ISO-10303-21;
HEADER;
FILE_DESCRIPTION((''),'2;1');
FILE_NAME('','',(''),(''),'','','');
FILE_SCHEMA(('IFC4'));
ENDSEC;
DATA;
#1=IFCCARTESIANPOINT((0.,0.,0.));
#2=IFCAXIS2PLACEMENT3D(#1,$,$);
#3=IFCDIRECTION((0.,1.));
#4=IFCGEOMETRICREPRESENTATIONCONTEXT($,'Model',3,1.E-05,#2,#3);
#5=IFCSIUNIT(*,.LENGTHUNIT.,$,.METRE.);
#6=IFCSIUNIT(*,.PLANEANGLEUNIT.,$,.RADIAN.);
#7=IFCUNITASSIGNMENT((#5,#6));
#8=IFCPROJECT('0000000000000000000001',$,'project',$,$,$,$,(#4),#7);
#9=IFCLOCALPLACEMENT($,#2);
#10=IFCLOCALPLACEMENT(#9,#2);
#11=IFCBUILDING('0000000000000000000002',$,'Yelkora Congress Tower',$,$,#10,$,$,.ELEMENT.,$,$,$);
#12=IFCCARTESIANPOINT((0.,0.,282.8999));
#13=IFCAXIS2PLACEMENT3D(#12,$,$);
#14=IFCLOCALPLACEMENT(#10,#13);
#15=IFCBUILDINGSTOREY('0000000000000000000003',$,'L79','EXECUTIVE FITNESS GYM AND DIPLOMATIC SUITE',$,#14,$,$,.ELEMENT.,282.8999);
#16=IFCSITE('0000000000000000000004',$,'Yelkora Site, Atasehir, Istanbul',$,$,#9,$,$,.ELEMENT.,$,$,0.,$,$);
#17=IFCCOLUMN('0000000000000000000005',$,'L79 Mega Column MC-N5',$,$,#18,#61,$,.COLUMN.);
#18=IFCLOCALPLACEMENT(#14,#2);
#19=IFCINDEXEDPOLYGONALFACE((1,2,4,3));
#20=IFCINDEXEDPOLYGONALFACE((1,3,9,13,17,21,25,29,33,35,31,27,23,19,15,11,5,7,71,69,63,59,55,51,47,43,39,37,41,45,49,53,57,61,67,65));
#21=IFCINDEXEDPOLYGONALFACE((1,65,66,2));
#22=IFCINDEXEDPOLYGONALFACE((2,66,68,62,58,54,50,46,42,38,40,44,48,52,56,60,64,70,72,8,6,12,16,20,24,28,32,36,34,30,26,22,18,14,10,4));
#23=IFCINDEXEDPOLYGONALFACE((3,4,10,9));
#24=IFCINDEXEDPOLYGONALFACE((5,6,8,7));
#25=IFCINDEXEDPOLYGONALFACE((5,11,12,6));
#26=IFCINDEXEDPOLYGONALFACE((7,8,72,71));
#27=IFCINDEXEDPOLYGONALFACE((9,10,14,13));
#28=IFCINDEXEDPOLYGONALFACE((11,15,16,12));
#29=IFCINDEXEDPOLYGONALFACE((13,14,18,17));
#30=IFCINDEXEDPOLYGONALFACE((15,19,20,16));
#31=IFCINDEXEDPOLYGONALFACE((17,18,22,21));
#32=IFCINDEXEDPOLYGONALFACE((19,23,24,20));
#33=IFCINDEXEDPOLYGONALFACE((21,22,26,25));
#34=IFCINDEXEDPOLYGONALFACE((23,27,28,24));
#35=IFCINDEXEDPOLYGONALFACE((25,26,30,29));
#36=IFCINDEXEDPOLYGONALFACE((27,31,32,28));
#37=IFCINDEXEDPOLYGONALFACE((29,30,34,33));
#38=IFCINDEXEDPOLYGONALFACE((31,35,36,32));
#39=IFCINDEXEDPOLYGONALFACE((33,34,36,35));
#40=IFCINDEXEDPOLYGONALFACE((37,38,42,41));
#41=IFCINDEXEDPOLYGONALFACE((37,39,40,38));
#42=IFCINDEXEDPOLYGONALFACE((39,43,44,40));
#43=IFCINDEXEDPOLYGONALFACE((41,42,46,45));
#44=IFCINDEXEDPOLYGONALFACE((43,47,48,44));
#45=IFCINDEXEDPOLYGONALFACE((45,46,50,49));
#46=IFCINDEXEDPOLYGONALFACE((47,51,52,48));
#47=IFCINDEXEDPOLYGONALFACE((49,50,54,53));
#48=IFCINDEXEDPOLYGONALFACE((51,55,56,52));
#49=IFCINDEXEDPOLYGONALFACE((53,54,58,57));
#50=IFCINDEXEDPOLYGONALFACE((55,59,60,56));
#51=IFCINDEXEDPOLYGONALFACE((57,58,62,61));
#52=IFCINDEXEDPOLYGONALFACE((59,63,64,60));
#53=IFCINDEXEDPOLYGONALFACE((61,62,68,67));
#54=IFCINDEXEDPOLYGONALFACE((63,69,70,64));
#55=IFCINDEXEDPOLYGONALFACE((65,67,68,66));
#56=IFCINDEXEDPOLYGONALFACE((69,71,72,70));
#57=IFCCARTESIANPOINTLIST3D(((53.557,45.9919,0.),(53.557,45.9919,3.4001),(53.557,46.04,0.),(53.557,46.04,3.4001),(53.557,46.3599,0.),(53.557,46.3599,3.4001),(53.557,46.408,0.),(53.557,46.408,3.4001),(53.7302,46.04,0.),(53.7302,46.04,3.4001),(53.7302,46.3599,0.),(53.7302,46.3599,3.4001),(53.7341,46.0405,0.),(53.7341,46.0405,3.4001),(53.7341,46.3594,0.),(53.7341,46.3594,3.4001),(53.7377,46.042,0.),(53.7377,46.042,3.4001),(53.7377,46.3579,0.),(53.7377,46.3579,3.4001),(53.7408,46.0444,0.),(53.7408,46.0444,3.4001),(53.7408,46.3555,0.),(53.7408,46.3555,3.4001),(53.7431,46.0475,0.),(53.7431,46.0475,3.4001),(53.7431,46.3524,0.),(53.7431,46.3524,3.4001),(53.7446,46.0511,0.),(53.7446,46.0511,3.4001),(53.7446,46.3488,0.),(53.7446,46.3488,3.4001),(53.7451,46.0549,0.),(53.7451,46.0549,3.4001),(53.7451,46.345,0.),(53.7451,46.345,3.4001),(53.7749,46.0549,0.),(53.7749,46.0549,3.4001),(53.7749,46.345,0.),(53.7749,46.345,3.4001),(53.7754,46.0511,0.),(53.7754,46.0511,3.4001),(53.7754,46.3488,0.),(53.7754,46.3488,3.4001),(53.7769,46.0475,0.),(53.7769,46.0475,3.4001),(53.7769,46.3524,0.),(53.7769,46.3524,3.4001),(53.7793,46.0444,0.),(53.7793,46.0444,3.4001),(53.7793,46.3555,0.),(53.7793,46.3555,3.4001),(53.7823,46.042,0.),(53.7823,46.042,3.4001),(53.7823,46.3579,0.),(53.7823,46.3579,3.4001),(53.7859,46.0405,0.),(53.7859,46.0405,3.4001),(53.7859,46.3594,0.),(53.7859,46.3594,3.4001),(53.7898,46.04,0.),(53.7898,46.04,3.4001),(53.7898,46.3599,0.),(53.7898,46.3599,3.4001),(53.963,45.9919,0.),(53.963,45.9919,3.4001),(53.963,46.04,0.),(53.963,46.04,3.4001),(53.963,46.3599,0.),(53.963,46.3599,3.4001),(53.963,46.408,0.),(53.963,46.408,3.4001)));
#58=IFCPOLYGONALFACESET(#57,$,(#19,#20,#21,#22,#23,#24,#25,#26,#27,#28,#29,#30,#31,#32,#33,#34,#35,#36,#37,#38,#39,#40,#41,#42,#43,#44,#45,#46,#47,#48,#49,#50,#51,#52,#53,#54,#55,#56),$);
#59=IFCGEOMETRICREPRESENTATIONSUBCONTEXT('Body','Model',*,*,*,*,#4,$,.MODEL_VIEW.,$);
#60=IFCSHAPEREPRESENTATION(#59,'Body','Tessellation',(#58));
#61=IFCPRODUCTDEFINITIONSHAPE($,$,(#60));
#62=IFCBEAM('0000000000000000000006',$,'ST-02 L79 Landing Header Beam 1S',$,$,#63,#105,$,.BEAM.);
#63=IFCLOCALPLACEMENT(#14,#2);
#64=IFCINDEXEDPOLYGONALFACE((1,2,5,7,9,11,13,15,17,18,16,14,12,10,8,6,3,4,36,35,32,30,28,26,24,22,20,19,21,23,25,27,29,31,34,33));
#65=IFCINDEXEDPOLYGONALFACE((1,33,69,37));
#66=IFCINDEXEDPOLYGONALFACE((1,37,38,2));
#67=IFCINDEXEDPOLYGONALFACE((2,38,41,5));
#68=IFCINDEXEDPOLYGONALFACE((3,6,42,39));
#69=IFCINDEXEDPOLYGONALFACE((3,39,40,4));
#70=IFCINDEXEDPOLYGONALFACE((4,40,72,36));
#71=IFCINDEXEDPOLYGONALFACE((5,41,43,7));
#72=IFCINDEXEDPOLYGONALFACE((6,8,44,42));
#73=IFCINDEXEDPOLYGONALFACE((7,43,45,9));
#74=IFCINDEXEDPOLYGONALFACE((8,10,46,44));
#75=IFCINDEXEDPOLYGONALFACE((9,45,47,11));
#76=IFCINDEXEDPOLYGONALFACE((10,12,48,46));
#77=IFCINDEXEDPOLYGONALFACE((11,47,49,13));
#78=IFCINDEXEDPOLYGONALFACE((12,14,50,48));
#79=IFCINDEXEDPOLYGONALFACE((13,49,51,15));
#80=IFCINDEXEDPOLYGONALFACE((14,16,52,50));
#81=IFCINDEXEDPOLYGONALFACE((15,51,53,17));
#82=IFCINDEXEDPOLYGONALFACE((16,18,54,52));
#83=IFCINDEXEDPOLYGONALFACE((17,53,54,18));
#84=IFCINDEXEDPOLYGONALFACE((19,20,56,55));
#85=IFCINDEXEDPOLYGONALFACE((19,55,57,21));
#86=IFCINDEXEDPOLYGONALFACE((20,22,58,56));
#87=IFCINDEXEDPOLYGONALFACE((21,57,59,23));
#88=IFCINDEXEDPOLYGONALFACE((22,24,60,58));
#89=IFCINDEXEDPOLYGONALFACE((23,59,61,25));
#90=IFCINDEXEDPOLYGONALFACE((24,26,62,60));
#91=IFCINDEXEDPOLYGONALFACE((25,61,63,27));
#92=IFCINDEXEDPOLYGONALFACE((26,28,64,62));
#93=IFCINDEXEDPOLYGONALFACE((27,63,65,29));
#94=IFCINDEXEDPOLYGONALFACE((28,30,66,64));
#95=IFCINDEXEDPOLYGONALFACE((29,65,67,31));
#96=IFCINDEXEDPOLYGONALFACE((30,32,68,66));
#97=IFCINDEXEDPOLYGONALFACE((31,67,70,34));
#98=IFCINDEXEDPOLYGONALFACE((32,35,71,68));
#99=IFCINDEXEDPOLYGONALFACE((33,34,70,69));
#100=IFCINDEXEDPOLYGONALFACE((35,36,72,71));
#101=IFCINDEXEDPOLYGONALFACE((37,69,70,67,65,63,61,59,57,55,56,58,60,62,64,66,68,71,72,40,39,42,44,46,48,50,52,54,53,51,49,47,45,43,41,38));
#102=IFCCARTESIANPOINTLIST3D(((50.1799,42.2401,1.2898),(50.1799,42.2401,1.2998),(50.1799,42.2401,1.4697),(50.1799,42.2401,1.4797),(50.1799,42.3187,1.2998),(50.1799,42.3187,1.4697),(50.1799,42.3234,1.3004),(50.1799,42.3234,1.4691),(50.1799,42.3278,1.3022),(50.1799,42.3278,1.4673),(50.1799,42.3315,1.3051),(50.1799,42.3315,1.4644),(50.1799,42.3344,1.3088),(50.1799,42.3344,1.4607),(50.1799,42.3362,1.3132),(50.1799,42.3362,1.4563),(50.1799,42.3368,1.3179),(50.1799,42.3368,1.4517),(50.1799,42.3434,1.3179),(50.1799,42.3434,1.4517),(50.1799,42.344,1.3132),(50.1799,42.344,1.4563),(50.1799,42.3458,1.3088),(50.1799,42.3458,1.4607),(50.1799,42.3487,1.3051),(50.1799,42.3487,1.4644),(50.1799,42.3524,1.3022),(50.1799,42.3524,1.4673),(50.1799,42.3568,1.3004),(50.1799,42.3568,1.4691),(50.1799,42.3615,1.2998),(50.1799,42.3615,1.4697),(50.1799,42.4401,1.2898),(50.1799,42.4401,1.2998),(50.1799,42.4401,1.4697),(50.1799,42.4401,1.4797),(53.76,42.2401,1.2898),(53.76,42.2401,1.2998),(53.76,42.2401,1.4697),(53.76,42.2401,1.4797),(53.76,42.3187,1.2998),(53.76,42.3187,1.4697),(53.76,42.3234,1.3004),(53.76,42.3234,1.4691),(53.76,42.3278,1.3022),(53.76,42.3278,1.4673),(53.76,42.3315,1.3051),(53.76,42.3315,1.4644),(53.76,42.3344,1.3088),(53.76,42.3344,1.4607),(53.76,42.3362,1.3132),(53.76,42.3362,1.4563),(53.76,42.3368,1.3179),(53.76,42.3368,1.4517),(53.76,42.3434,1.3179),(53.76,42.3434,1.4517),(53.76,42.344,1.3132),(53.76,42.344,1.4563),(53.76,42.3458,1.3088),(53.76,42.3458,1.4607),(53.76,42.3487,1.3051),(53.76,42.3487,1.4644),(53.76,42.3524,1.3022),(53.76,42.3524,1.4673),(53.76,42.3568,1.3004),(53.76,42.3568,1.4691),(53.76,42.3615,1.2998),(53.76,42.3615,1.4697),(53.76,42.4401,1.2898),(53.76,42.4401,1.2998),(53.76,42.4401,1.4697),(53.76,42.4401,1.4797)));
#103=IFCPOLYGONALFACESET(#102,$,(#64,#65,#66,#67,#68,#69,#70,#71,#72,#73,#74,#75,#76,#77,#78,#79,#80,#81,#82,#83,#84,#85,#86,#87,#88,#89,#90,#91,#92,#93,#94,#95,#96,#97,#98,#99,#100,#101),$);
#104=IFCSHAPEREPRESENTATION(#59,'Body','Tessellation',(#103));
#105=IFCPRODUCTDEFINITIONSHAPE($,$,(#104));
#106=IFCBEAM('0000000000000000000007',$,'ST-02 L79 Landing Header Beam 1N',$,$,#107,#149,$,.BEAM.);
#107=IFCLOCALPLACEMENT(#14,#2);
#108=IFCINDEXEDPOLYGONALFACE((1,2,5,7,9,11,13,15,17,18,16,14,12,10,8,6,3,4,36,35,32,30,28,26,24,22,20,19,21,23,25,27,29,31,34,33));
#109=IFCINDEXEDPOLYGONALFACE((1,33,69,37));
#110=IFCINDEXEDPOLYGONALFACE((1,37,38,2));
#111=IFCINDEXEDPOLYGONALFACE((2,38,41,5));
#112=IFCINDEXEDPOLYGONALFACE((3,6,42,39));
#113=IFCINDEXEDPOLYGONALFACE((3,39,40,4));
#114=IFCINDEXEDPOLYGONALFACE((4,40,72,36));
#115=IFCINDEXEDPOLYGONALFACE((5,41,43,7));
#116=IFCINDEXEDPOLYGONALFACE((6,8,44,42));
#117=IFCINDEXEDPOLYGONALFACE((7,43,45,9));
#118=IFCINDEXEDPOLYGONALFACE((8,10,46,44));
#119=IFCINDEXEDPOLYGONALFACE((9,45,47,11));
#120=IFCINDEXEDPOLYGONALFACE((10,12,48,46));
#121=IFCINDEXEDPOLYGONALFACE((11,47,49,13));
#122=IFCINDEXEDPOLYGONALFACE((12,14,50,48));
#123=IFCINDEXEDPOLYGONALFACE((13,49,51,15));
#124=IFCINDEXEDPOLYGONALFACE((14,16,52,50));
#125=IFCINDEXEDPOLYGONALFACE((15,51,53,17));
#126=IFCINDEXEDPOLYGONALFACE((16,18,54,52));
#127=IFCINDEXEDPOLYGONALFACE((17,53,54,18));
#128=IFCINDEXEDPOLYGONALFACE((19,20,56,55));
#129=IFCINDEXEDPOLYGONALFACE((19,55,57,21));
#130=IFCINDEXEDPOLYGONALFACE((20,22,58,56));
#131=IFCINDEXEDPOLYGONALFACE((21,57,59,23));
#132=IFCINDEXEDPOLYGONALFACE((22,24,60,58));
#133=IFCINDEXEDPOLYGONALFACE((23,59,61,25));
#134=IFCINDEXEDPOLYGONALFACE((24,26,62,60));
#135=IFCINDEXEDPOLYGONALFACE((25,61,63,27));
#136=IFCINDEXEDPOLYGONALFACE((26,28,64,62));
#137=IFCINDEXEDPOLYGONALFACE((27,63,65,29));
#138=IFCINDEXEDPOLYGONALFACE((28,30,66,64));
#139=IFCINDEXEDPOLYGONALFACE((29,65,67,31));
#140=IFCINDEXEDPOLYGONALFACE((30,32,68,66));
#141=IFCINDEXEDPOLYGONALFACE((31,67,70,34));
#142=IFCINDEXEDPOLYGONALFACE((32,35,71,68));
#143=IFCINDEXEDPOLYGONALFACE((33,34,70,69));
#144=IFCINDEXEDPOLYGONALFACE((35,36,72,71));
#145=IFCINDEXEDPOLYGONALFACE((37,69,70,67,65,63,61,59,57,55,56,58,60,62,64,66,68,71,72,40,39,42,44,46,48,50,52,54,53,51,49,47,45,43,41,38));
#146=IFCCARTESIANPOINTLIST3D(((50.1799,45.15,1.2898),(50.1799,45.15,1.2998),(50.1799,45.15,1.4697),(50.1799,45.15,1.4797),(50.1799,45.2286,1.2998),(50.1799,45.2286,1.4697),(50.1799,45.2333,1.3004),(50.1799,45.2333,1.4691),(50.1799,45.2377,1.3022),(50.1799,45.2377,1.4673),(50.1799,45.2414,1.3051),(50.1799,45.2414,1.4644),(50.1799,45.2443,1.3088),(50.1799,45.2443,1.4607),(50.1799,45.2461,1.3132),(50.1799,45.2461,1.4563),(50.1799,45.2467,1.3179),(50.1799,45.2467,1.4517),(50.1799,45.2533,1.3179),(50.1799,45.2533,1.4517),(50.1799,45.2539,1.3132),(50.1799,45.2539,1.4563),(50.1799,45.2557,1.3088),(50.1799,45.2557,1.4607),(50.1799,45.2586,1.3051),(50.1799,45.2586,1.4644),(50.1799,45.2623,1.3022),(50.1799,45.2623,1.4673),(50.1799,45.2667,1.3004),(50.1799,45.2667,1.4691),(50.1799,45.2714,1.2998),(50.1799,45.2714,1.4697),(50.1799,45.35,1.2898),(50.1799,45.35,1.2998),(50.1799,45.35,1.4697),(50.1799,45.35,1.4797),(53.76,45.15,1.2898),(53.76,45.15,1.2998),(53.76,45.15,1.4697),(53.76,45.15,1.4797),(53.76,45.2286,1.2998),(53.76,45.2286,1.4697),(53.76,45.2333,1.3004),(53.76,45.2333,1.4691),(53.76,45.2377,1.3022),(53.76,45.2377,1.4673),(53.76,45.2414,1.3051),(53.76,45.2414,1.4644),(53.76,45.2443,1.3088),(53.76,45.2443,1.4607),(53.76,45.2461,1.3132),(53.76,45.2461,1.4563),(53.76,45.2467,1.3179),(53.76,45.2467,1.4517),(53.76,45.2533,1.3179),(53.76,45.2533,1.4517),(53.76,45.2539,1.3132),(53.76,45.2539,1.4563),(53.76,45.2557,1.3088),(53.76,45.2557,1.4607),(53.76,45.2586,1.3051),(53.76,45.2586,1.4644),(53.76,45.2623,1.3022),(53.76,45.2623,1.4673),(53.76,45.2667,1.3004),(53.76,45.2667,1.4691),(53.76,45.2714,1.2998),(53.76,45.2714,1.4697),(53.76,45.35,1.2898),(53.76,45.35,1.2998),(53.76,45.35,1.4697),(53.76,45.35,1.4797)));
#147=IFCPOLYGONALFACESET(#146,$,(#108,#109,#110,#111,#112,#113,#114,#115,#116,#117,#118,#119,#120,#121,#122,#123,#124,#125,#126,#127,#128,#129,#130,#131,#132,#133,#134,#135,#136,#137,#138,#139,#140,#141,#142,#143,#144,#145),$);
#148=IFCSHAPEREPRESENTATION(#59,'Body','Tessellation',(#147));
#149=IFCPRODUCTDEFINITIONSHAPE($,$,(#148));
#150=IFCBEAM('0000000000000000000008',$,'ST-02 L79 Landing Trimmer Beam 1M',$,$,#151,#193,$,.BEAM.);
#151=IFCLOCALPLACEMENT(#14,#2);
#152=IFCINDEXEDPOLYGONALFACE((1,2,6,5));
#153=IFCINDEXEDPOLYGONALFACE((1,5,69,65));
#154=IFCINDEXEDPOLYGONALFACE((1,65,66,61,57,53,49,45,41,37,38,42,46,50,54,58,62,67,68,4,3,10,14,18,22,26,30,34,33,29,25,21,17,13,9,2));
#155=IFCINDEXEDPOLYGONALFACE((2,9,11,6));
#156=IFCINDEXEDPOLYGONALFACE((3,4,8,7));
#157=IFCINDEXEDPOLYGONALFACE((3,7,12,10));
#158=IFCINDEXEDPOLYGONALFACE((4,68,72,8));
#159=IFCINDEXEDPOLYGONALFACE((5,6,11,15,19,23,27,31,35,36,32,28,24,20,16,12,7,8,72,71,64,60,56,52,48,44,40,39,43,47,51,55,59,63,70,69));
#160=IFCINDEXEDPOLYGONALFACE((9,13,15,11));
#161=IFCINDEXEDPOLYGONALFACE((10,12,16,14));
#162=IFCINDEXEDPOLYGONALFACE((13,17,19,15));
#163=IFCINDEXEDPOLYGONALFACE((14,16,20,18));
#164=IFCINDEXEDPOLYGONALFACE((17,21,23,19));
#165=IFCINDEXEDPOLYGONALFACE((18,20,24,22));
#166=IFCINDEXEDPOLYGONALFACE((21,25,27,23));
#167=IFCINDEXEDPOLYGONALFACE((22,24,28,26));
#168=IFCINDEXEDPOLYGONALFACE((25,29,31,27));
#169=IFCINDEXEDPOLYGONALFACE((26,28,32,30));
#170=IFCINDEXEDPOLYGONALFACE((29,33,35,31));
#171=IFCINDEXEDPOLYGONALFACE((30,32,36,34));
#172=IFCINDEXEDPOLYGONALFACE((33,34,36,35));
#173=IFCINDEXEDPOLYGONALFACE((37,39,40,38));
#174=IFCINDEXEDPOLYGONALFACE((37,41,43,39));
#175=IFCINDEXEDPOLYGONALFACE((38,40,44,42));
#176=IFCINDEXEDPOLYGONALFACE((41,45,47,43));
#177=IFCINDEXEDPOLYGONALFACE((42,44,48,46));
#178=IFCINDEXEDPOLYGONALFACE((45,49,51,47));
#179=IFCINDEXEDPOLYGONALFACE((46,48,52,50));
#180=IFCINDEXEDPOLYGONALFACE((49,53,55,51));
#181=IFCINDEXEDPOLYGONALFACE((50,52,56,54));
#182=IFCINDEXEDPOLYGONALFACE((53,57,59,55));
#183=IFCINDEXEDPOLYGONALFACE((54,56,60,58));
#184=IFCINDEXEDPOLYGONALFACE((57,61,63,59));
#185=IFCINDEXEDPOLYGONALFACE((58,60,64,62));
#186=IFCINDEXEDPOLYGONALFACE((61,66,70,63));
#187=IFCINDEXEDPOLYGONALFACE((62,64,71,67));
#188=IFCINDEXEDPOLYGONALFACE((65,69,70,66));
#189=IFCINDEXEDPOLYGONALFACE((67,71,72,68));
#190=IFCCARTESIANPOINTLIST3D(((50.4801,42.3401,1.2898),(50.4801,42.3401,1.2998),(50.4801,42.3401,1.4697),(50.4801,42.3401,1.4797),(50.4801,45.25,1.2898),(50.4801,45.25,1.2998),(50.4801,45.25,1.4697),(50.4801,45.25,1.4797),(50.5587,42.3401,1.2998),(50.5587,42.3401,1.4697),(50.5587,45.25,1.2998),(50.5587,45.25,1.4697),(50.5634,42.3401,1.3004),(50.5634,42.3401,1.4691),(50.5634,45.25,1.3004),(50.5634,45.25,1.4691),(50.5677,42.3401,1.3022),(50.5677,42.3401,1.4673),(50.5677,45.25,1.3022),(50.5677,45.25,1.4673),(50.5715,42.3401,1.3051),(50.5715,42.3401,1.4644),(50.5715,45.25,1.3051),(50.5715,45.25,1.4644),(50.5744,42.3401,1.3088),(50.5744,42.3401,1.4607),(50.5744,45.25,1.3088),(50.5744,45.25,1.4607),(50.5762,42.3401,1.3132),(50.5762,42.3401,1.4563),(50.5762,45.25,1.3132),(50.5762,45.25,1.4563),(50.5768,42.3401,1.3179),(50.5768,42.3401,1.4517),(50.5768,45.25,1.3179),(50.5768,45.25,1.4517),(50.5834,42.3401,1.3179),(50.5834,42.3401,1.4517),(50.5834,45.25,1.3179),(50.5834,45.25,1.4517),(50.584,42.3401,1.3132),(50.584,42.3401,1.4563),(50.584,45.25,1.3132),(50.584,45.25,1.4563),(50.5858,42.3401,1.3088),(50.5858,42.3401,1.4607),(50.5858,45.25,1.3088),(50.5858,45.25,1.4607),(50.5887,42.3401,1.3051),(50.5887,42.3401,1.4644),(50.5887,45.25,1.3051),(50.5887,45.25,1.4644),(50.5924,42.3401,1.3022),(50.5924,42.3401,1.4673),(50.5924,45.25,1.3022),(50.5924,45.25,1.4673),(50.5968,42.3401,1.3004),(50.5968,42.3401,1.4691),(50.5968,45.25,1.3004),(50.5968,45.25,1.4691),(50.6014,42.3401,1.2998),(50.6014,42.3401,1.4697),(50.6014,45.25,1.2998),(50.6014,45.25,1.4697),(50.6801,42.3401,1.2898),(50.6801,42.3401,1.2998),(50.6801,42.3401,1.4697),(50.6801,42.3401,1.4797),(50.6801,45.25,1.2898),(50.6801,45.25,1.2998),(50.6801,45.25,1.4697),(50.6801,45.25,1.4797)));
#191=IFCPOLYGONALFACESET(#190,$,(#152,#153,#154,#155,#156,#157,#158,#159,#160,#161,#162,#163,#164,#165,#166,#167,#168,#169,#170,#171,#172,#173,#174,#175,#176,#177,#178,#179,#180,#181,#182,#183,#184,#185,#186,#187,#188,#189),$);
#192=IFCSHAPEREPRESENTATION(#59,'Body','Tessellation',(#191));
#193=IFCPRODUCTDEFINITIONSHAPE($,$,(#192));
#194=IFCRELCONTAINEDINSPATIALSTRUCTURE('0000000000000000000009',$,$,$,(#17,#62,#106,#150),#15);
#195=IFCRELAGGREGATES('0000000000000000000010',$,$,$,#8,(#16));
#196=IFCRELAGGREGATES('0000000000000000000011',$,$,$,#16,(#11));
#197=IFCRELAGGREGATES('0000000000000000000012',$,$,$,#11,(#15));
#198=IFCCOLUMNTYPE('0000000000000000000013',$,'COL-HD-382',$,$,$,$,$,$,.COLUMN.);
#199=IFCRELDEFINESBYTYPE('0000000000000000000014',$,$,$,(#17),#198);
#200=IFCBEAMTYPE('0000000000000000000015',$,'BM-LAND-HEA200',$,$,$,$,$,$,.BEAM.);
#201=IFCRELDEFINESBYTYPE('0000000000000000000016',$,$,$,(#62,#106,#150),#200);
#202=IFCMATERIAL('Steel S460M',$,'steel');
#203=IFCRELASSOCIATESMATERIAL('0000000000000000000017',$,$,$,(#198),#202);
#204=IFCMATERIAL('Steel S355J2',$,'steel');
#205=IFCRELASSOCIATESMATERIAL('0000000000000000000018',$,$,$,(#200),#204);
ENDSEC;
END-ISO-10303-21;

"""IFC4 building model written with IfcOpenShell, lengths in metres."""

from ifc_helpers import new_model, si_unit, direction, frame, origin, origin_2d, place, context, subcontext, project, spatial, i_section, extrude, material, material_profile, profile_set, type_object, element, save


model = new_model("IFC4")

# Units and contexts
model_context = context("Model", 3, precision=1e-05, world=origin(), true_north=direction((0.0, 1.0)))
body_context = subcontext(model_context, "Body", "Model", "MODEL_VIEW")
ifc_project = project(units=[si_unit("LENGTHUNIT", "METRE"), si_unit("PLANEANGLEUNIT", "RADIAN")], contexts=[model_context])

# Site, building, storey
site_placement = place(None, origin())
site = spatial("IfcSite", under=ifc_project, at=site_placement, Name="Yelkora Site, Atasehir, Istanbul", CompositionType="ELEMENT", RefElevation=0.0)
building_placement = place(site_placement, origin())
building = spatial("IfcBuilding", under=site, at=building_placement, Name="Yelkora Congress Tower", CompositionType="ELEMENT")
storey_placement = place(building_placement, frame((0.0, 0.0, 282.8999)))
storey = spatial("IfcBuildingStorey", under=building, at=storey_placement, Name="L79", Description="EXECUTIVE FITNESS GYM AND DIPLOMATIC SUITE", CompositionType="ELEMENT", Elevation=282.8999)

# Column
ifc_material_1 = material(Name="Steel S460M", Category="steel")
ifc_material_profile_1 = material_profile(ifc_material_1, i_section(OverallWidth=0.406, OverallDepth=0.416, WebThickness=0.0298, FlangeThickness=0.0481, FilletRadius=0.0149, at=origin_2d()), Name="HD 400x382")
ifc_profile_set_1 = profile_set([ifc_material_profile_1], Name="Steel S460M")
column_type = type_object("IfcColumnType", Name="COL-HD-382", PredefinedType="COLUMN", material=ifc_profile_set_1)
column_placement = place(storey_placement, frame((53.76, 46.2, 0.0), z_axis=(0.0, 0.0, 1.0), x_axis=(1.0, 0.0, 0.0)))
element("IfcColumn", 1, at=column_placement, inside=storey, type_object=column_type, Name="L79 Mega Column MC-N5", PredefinedType="COLUMN", context=body_context, shape_type="SweptSolid", body=[
    extrude(i_section(OverallWidth=0.406, OverallDepth=0.416, WebThickness=0.0298, FlangeThickness=0.0481, FilletRadius=0.0149, at=origin_2d()), origin(), (0.0, 0.0, 1.0), 3.4001),
])

# Beams
ifc_material_2 = material(Name="Steel S355J2", Category="steel")
ifc_material_profile_2 = material_profile(ifc_material_2, i_section(OverallWidth=0.2, OverallDepth=0.1899, WebThickness=0.0066, FlangeThickness=0.01, FilletRadius=0.0181, at=origin_2d()), Name="HEA 200")
ifc_profile_set_2 = profile_set([ifc_material_profile_2], Name="Steel S355J2")
beam_type = type_object("IfcBeamType", Name="BM-LAND-HEA200", PredefinedType="BEAM", material=ifc_profile_set_2)
for number, where, z_axis, x_axis, name in (
    (2, (50.1799, 42.3401, 1.3848), (1.0, 0.0, 0.0), (0.0, 1.0, 0.0), "ST-02 L79 Landing Header Beam 1S"),
    (3, (50.1799, 45.25, 1.3848), (1.0, 0.0, 0.0), (0.0, 1.0, 0.0), "ST-02 L79 Landing Header Beam 1N"),
):
    element("IfcBeam", number, at=place(storey_placement, frame(where, z_axis=z_axis, x_axis=x_axis)), inside=storey, type_object=beam_type, Name=name, PredefinedType="BEAM", context=body_context, shape_type="SweptSolid", body=[
        extrude(i_section(OverallWidth=0.2, OverallDepth=0.1899, WebThickness=0.0066, FlangeThickness=0.01, FilletRadius=0.0181, at=origin_2d()), origin(), (0.0, 0.0, 1.0), 3.5801),
    ])
beam_placement = place(storey_placement, frame((50.5801, 42.3401, 1.3848), z_axis=(0.0, 1.0, 0.0), x_axis=(-1.0, 0.0, 0.0)))
element("IfcBeam", 4, at=beam_placement, inside=storey, type_object=beam_type, Name="ST-02 L79 Landing Trimmer Beam 1M", PredefinedType="BEAM", context=body_context, shape_type="SweptSolid", body=[
    extrude(i_section(OverallWidth=0.2, OverallDepth=0.1899, WebThickness=0.0066, FlangeThickness=0.01, FilletRadius=0.0181, at=origin_2d()), origin(), (0.0, 0.0, 1.0), 2.9099),
])

save(model, "model.ifc")
